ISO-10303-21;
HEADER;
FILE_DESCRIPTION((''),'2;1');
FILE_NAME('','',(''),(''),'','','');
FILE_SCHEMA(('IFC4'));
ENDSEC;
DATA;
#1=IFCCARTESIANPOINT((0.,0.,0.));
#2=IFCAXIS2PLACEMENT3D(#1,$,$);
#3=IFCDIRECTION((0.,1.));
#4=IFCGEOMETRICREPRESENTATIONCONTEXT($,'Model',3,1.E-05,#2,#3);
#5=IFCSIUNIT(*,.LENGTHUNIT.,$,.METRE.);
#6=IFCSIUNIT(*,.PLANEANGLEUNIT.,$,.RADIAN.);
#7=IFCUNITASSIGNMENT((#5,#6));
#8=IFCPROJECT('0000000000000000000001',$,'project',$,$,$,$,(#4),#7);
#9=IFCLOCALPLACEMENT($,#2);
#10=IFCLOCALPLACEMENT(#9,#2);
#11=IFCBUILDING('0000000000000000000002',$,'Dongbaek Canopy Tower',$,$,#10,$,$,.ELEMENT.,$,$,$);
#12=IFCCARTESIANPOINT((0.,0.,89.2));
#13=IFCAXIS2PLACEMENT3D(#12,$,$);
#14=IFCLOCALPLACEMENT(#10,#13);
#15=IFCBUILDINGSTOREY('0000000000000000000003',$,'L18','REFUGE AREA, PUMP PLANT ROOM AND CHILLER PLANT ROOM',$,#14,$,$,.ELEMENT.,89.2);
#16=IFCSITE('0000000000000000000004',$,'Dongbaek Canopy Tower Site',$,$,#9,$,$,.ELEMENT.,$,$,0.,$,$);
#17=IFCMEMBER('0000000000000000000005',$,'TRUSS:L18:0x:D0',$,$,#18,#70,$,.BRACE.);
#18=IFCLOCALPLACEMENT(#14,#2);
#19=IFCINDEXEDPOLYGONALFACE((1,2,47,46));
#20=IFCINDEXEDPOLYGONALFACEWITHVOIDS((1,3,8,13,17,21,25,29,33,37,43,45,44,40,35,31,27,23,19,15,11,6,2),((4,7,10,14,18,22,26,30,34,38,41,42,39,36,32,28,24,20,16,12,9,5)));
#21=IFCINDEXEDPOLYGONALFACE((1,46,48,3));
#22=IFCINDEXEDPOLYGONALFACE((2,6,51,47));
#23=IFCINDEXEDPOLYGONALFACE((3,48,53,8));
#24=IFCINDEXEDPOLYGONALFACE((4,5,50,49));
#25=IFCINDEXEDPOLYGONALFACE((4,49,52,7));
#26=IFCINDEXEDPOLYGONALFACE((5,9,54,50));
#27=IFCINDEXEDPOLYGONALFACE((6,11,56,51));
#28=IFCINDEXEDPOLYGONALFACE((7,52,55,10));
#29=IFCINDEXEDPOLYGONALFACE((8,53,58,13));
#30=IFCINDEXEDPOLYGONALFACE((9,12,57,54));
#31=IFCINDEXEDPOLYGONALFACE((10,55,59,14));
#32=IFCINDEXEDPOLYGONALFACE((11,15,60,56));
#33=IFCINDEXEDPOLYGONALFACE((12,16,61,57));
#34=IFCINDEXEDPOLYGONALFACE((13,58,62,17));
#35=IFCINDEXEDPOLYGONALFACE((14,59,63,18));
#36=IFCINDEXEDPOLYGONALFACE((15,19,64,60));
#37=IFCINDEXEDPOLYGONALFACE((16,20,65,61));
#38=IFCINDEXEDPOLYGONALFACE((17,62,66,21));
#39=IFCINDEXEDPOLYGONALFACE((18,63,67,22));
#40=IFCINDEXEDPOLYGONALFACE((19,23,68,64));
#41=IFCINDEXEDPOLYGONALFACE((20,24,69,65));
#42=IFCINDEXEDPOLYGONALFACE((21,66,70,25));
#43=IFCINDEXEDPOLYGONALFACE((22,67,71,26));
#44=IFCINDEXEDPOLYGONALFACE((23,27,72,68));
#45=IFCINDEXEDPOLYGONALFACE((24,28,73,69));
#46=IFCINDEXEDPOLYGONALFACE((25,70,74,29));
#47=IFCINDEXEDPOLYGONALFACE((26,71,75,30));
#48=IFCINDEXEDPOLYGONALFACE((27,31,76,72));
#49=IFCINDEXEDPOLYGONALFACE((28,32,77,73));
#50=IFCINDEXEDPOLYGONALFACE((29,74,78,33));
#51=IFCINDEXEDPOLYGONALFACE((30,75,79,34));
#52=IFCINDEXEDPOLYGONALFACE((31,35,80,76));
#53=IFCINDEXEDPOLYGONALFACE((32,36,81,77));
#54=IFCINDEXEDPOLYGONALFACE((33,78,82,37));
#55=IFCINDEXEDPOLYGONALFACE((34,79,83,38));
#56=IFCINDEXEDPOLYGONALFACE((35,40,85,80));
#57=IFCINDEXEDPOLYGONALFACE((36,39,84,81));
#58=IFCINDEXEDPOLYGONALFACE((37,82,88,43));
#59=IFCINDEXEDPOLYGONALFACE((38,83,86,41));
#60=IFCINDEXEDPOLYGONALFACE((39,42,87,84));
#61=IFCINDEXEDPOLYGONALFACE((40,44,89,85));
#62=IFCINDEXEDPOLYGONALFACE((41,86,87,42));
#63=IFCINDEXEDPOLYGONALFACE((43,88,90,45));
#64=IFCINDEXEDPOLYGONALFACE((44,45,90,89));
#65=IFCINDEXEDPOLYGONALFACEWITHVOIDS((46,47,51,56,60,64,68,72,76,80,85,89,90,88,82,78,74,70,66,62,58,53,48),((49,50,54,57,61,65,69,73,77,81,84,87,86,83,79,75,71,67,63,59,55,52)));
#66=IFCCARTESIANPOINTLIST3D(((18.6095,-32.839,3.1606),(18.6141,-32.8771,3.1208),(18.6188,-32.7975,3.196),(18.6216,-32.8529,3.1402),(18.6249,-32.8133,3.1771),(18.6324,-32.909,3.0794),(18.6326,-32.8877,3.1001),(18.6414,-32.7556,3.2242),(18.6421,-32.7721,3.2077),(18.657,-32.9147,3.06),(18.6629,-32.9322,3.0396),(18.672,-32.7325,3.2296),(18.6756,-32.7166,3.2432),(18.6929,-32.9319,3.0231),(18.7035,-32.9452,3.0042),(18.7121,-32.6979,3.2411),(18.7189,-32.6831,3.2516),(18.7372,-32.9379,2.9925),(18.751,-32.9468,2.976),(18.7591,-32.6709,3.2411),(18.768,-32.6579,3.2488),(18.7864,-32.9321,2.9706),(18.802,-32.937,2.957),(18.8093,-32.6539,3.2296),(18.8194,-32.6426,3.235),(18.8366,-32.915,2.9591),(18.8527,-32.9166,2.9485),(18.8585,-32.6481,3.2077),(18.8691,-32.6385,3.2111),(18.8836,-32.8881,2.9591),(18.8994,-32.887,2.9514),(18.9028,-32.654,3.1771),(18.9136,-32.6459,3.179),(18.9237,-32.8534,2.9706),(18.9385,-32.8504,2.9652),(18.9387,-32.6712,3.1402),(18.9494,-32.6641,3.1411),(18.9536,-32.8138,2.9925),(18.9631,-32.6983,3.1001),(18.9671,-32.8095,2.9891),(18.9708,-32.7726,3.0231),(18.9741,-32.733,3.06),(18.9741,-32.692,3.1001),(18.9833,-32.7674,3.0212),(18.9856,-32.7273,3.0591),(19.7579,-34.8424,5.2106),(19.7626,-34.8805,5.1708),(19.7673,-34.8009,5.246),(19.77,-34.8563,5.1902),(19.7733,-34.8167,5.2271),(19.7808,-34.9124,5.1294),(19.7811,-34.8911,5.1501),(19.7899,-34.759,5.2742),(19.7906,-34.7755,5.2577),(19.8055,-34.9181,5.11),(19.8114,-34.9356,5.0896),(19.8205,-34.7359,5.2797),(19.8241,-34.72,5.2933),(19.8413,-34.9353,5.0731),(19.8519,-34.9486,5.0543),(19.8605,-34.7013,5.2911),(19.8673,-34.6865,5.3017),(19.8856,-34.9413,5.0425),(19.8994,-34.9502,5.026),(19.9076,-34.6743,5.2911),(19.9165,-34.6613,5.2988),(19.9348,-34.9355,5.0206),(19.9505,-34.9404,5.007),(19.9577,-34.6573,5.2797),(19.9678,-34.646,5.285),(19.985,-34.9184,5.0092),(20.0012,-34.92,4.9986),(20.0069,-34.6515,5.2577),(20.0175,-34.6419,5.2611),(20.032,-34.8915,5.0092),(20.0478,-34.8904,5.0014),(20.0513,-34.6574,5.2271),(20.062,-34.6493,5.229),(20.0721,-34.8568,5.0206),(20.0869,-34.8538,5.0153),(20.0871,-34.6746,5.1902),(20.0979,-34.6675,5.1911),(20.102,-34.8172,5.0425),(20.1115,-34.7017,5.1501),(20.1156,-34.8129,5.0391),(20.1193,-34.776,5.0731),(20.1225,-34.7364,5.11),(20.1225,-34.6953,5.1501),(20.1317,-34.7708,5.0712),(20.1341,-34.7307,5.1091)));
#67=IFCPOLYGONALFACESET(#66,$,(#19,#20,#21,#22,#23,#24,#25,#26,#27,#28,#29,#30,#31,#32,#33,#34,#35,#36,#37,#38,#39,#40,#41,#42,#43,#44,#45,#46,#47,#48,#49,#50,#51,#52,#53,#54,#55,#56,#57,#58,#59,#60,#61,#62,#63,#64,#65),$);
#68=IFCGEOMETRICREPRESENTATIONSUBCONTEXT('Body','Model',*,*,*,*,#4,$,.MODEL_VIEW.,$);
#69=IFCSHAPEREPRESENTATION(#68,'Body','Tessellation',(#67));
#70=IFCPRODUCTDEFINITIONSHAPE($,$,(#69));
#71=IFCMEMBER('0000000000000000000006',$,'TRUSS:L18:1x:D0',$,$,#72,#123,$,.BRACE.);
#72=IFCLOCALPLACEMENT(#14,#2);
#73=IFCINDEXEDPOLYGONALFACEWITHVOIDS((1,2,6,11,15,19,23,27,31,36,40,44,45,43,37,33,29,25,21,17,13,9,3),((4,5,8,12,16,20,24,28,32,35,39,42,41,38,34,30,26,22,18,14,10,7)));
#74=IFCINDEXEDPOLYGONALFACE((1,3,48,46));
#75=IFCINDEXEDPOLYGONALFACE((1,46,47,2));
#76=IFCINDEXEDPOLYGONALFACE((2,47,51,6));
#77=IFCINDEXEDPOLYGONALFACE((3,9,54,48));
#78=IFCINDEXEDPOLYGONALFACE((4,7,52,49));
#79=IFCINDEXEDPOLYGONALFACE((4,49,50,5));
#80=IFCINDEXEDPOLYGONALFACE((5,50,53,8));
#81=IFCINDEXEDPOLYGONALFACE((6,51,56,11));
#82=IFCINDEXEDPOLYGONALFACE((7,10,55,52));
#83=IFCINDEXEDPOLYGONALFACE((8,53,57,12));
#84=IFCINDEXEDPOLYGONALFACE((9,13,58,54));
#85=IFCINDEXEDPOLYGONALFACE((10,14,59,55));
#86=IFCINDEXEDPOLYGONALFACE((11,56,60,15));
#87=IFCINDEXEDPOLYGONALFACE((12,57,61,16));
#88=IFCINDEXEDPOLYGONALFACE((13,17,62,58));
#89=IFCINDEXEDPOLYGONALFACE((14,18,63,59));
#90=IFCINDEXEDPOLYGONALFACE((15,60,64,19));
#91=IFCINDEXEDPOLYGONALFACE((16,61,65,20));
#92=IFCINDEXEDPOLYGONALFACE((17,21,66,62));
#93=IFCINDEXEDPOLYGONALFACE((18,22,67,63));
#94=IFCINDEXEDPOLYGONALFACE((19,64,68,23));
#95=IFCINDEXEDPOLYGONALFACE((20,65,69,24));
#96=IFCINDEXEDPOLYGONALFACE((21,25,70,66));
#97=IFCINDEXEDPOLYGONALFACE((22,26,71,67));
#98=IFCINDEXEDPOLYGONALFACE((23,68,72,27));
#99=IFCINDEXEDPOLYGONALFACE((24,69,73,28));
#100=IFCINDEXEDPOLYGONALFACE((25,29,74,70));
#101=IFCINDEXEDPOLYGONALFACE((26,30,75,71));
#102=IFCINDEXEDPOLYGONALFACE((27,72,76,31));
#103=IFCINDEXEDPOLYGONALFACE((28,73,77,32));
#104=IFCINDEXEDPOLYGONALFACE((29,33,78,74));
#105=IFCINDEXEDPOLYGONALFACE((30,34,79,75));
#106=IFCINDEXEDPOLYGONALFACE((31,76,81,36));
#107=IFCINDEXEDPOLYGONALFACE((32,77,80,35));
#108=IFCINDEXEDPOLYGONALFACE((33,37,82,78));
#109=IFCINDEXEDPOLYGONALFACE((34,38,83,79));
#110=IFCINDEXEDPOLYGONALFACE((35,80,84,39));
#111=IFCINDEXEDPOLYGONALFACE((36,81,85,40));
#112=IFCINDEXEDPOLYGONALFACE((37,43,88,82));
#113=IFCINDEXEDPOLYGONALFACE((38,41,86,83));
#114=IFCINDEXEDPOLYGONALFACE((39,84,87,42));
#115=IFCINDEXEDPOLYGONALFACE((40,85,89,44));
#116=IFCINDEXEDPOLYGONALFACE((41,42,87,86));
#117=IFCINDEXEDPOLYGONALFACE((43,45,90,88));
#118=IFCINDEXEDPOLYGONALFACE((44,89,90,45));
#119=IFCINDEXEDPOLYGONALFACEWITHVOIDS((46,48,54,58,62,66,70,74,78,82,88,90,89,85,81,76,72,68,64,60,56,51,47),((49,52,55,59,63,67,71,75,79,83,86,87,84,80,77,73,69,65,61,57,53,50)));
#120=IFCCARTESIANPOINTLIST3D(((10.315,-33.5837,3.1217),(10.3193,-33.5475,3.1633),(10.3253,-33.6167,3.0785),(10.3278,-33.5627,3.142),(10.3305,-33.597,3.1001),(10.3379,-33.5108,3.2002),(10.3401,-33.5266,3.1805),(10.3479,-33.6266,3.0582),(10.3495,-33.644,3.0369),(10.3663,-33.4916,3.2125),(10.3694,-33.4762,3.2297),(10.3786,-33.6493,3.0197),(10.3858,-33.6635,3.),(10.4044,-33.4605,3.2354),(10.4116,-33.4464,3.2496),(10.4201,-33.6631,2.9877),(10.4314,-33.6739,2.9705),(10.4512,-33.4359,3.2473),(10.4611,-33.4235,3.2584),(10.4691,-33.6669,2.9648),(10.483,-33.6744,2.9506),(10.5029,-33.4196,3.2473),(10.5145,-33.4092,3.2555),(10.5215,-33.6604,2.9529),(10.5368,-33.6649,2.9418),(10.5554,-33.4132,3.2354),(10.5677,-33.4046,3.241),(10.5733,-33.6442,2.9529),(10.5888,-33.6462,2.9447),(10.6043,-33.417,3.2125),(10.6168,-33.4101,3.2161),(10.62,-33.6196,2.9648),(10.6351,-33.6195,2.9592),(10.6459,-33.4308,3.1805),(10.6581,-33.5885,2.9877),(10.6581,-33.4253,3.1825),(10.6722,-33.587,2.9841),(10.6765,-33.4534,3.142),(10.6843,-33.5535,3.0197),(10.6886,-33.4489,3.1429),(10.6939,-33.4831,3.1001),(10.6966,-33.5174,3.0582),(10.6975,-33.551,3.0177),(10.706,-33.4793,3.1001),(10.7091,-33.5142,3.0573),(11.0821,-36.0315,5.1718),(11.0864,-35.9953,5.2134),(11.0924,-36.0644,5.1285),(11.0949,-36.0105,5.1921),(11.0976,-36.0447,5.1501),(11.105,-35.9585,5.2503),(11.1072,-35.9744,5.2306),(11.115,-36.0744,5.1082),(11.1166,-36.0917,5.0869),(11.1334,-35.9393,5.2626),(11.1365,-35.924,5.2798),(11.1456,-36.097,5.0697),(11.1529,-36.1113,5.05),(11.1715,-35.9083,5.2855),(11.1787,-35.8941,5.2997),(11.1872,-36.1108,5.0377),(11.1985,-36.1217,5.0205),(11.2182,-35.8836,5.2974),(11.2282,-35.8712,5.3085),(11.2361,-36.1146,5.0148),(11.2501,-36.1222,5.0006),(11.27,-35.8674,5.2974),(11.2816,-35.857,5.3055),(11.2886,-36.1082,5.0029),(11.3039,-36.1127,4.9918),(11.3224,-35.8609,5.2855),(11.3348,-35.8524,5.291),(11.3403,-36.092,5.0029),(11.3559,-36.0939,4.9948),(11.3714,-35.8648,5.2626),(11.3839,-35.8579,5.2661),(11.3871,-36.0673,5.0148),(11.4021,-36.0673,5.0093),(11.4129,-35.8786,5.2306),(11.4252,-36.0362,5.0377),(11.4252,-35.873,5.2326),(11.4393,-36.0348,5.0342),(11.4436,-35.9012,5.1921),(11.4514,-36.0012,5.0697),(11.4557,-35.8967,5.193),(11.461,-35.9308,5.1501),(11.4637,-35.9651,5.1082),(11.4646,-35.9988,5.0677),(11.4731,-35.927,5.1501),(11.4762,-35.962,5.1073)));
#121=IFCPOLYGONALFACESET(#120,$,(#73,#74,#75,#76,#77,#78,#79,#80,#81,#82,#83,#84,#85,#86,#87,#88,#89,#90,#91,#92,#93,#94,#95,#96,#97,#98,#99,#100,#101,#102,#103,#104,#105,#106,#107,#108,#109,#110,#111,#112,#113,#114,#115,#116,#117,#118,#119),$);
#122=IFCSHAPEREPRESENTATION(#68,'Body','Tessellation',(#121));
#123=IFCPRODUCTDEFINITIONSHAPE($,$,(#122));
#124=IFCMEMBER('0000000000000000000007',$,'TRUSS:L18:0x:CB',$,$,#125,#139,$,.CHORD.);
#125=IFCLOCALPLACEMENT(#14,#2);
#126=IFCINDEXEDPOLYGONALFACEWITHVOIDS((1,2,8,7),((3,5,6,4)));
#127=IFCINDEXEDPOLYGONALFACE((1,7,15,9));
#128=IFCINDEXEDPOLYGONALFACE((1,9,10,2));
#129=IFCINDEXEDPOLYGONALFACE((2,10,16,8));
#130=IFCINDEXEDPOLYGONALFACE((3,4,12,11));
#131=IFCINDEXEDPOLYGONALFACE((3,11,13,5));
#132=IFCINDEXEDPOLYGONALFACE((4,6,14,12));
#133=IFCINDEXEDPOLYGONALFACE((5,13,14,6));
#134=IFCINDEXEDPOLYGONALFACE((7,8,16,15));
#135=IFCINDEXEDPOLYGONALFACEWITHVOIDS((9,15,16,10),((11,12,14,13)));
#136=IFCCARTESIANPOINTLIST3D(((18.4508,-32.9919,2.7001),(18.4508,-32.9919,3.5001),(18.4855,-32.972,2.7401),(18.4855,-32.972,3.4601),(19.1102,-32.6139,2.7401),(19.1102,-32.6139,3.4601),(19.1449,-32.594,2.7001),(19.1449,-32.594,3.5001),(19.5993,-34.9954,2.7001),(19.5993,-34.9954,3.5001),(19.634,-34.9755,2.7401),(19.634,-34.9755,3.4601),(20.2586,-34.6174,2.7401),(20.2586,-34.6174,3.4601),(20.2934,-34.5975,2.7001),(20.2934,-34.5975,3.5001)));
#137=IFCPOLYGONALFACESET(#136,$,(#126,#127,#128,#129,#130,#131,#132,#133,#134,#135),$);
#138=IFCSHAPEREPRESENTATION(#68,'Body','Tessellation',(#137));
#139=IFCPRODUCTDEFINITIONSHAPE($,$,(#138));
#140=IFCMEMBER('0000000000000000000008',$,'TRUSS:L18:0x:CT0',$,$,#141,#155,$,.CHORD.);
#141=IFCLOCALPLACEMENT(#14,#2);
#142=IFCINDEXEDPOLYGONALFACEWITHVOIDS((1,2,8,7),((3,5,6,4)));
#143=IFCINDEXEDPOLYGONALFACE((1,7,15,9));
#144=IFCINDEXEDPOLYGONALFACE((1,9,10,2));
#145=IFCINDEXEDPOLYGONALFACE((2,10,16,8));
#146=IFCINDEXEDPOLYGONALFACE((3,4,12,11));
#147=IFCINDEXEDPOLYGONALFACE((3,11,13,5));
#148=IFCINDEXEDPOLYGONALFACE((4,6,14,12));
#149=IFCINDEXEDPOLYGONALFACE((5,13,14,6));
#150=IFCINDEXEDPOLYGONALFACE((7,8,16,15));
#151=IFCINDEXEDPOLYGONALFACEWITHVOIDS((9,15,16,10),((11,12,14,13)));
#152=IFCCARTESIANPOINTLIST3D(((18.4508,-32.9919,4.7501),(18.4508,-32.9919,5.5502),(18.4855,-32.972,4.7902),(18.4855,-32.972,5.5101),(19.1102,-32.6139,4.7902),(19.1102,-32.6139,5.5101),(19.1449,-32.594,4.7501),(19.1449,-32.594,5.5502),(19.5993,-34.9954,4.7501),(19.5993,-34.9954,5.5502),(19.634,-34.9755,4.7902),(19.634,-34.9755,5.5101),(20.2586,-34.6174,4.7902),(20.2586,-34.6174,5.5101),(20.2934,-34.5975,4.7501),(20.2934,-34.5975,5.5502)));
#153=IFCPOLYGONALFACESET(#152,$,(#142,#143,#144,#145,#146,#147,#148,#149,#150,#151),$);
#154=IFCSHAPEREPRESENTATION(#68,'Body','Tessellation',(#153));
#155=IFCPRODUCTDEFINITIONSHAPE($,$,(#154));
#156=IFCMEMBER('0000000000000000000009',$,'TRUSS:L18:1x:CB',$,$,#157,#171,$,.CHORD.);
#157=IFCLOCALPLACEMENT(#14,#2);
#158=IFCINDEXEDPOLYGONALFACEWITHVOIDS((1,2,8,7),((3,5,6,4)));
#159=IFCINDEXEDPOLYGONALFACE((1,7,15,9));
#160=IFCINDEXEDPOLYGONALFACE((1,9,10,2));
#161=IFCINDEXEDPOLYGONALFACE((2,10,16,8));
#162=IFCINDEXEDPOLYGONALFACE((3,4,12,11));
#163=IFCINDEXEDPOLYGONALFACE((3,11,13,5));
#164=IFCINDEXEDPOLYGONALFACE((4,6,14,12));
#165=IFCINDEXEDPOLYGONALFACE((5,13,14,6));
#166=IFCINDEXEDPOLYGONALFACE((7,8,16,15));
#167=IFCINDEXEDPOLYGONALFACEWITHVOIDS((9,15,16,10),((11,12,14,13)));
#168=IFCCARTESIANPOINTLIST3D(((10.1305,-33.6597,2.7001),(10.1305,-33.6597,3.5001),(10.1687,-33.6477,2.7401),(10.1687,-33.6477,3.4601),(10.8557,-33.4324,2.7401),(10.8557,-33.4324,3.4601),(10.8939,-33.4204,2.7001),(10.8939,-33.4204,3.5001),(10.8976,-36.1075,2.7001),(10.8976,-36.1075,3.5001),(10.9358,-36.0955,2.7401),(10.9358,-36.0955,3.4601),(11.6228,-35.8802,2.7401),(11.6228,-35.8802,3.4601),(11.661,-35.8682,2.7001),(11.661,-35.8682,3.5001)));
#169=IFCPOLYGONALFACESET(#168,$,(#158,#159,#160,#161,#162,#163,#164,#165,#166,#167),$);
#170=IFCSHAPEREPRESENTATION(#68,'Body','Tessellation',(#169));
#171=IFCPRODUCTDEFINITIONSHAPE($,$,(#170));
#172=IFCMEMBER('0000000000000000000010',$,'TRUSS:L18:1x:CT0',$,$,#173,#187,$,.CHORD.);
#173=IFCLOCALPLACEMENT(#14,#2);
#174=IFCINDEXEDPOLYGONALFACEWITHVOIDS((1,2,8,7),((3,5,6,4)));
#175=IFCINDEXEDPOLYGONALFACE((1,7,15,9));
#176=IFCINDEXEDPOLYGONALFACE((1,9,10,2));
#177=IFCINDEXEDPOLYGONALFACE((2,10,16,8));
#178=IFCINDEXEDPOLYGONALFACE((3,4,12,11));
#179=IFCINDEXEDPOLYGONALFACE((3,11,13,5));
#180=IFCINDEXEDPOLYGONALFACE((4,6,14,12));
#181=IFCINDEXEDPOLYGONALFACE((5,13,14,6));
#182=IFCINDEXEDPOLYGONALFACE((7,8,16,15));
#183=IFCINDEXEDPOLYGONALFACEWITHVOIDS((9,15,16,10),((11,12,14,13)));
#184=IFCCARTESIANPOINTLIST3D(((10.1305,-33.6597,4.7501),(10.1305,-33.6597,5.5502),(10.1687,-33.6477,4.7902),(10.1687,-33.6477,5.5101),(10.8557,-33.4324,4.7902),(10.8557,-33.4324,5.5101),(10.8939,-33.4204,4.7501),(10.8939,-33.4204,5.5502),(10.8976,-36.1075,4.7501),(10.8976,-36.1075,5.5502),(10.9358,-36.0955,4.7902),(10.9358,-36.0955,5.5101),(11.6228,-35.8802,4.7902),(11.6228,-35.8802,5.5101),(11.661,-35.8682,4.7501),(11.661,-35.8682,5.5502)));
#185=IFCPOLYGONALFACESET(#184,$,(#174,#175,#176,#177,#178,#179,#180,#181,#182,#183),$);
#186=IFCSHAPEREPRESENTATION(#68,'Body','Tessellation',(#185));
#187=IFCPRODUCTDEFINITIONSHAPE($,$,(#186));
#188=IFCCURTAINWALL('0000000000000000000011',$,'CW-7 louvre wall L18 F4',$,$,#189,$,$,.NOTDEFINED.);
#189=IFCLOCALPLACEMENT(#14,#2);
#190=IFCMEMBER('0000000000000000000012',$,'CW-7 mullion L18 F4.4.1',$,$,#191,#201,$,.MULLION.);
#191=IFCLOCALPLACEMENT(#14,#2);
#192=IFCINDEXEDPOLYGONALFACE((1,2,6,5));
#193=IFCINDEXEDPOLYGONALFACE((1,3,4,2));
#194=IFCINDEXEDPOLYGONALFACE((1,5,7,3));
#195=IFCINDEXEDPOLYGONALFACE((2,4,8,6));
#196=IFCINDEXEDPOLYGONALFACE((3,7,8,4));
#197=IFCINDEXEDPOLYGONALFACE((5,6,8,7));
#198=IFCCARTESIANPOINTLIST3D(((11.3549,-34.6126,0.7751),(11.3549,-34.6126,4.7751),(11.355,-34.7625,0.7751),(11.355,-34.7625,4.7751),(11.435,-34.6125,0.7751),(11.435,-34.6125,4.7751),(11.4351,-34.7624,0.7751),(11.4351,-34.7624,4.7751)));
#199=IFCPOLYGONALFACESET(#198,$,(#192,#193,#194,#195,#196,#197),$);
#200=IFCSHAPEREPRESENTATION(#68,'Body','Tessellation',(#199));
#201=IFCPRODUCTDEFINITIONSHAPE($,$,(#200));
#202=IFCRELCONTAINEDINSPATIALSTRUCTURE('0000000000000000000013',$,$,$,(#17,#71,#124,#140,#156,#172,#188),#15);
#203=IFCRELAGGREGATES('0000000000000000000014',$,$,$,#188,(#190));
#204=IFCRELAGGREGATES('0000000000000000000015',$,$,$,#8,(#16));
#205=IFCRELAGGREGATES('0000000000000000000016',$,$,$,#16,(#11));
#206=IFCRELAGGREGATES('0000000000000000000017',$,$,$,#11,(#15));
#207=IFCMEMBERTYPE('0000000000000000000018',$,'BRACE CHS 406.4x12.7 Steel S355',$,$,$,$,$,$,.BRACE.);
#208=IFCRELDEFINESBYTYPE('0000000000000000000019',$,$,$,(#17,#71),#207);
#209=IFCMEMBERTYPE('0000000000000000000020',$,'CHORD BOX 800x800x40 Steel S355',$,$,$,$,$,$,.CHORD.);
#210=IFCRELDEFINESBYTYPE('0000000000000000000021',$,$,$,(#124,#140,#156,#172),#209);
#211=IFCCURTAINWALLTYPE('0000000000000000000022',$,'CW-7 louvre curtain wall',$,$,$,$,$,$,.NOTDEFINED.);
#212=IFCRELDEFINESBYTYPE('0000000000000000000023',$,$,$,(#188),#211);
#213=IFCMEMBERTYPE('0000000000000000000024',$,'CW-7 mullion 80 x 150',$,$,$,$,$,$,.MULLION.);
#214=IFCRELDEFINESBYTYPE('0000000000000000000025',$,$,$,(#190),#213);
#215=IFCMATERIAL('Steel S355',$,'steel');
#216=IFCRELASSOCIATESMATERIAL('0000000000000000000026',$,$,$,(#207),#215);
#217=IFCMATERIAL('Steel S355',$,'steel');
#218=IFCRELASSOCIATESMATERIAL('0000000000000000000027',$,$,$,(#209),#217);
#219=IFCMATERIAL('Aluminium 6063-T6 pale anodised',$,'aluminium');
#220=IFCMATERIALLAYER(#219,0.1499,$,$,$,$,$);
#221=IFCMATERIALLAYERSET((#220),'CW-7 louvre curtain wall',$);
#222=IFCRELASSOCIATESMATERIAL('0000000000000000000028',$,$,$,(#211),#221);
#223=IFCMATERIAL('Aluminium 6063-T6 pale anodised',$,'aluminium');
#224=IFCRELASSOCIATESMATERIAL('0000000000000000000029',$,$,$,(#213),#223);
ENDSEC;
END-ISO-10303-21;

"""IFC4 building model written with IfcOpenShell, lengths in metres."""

from ifc_helpers import new_model, si_unit, direction, frame, origin, origin_2d, place, context, subcontext, project, spatial, rectangle, hollow_rectangle, hollow_circle, extrude, material, layer, layer_set, material_profile, profile_set, type_object, element, aggregate, save


model = new_model("IFC4")

# Units and contexts
model_context = context("Model", 3, precision=1e-05, world=origin(), true_north=direction((0.0, 1.0)))
body_context = subcontext(model_context, "Body", "Model", "MODEL_VIEW")
ifc_project = project(units=[si_unit("LENGTHUNIT", "METRE"), si_unit("PLANEANGLEUNIT", "RADIAN")], contexts=[model_context])

# Site, building, storey
site_placement = place(None, origin())
site = spatial("IfcSite", under=ifc_project, at=site_placement, Name="Dongbaek Canopy Tower Site", CompositionType="ELEMENT", RefElevation=0.0)
building_placement = place(site_placement, origin())
building = spatial("IfcBuilding", under=site, at=building_placement, Name="Dongbaek Canopy Tower", CompositionType="ELEMENT")
storey_placement = place(building_placement, frame((0.0, 0.0, 89.2)))
storey = spatial("IfcBuildingStorey", under=building, at=storey_placement, Name="L18", Description="REFUGE AREA, PUMP PLANT ROOM AND CHILLER PLANT ROOM", CompositionType="ELEMENT", Elevation=89.2)

# Members
ifc_material_1 = material(Name="Steel S355", Category="steel")
ifc_material_profile_1 = material_profile(ifc_material_1, hollow_circle(Radius=0.2031, WallThickness=0.0127, at=origin_2d()), Name="BRACE CHS 406.4x12.7 Steel S355")
ifc_profile_set_1 = profile_set([ifc_material_profile_1], Name="Steel S355")
member_type_1 = type_object("IfcMemberType", Name="BRACE CHS 406.4x12.7 Steel S355", PredefinedType="BRACE", material=ifc_profile_set_1)
member_1_placement = place(storey_placement, frame((18.7979, -32.793, 3.1001), z_axis=(0.371912, -0.648791, 0.663892), x_axis=(0.867566, 0.497323, 0.0)))
element("IfcMember", 1, at=member_1_placement, inside=storey, type_object=member_type_1, Name="TRUSS:L18:0x:D0", PredefinedType="BRACE", context=body_context, shape_type="SweptSolid", body=[
    extrude(hollow_circle(Radius=0.2031, WallThickness=0.0127, at=origin_2d()), origin(), (0.0, 0.0, 1.0), 3.0879),
])
member_2_placement = place(storey_placement, frame((10.5122, -33.54, 3.1001), z_axis=(0.233606, -0.745428, 0.624312), x_axis=(0.954239, 0.299044, 0.0)))
element("IfcMember", 2, at=member_2_placement, inside=storey, type_object=member_type_1, Name="TRUSS:L18:1x:D0", PredefinedType="BRACE", context=body_context, shape_type="SweptSolid", body=[
    extrude(hollow_circle(Radius=0.2031, WallThickness=0.0127, at=origin_2d()), origin(), (0.0, 0.0, 1.0), 3.2837),
])
ifc_material_2 = material(Name="Steel S355", Category="steel")
ifc_material_profile_2 = material_profile(ifc_material_2, hollow_rectangle(XDim=0.8, YDim=0.8, WallThickness=0.04, at=origin_2d()), Name="CHORD BOX 800x800x40 Steel S355")
ifc_profile_set_2 = profile_set([ifc_material_profile_2], Name="Steel S355")
member_type_2 = type_object("IfcMemberType", Name="CHORD BOX 800x800x40 Steel S355", PredefinedType="CHORD", material=ifc_profile_set_2)
for number, where, z_axis, x_axis, name in (
    (3, (18.7979, -32.793, 3.1001), (0.497323, -0.867566, 0.0), (0.867566, 0.497323, 0.0), "TRUSS:L18:0x:CB"),
    (4, (18.7979, -32.793, 5.1501), (0.497323, -0.867566, 0.0), (0.867566, 0.497323, 0.0), "TRUSS:L18:0x:CT0"),
):
    element("IfcMember", number, at=place(storey_placement, frame(where, z_axis=z_axis, x_axis=x_axis)), inside=storey, type_object=member_type_2, Name=name, PredefinedType="CHORD", context=body_context, shape_type="SweptSolid", body=[
        extrude(hollow_rectangle(XDim=0.8, YDim=0.8, WallThickness=0.04, at=origin_2d()), origin(), (0.0, 0.0, 1.0), 2.3093),
    ])
for number, where, z_axis, x_axis, name in (
    (5, (10.5122, -33.54, 3.1001), (0.299044, -0.954239, 0.0), (0.954239, 0.299044, 0.0), "TRUSS:L18:1x:CB"),
    (6, (10.5122, -33.54, 5.1501), (0.299044, -0.954239, 0.0), (0.954239, 0.299044, 0.0), "TRUSS:L18:1x:CT0"),
):
    element("IfcMember", number, at=place(storey_placement, frame(where, z_axis=z_axis, x_axis=x_axis)), inside=storey, type_object=member_type_2, Name=name, PredefinedType="CHORD", context=body_context, shape_type="SweptSolid", body=[
        extrude(hollow_rectangle(XDim=0.8, YDim=0.8, WallThickness=0.04, at=origin_2d()), origin(), (0.0, 0.0, 1.0), 2.5652),
    ])

# Curtain wall, member
ifc_material_3 = material(Name="Aluminium 6063-T6 pale anodised", Category="aluminium")
ifc_layer_1 = layer(ifc_material_3, 0.1499)
ifc_layer_set_1 = layer_set([ifc_layer_1], Name="CW-7 louvre curtain wall")
curtain_wall_type = type_object("IfcCurtainWallType", Name="CW-7 louvre curtain wall", PredefinedType="NOTDEFINED", material=ifc_layer_set_1)
curtain_wall_1_placement = place(storey_placement, origin())
curtain_wall_1 = element("IfcCurtainWall", 7, at=curtain_wall_1_placement, inside=storey, type_object=curtain_wall_type, Name="CW-7 louvre wall L18 F4", PredefinedType="NOTDEFINED")
ifc_material_4 = material(Name="Aluminium 6063-T6 pale anodised", Category="aluminium")
ifc_material_profile_3 = material_profile(ifc_material_4, rectangle(XDim=0.1499, YDim=0.0801, at=origin_2d()), Name="CW-7 mullion 80 x 150")
ifc_profile_set_3 = profile_set([ifc_material_profile_3], Name="Aluminium 6063-T6 pale anodised")
member_type_3 = type_object("IfcMemberType", Name="CW-7 mullion 80 x 150", PredefinedType="MULLION", material=ifc_profile_set_3)
member_3_placement = place(storey_placement, frame((11.395, -34.6875, 0.7751), z_axis=(0.0, 0.0, 1.0), x_axis=(0.000524, -1.0, 0.0)))
member_3 = element("IfcMember", 8, at=member_3_placement, type_object=member_type_3, Name="CW-7 mullion L18 F4.4.1", PredefinedType="MULLION", context=body_context, shape_type="SweptSolid", body=[
    extrude(rectangle(XDim=0.1499, YDim=0.0801, at=origin_2d()), origin(), (0.0, 0.0, 1.0), 4.0),
])

aggregate(curtain_wall_1, [member_3])

save(model, "model.ifc")
